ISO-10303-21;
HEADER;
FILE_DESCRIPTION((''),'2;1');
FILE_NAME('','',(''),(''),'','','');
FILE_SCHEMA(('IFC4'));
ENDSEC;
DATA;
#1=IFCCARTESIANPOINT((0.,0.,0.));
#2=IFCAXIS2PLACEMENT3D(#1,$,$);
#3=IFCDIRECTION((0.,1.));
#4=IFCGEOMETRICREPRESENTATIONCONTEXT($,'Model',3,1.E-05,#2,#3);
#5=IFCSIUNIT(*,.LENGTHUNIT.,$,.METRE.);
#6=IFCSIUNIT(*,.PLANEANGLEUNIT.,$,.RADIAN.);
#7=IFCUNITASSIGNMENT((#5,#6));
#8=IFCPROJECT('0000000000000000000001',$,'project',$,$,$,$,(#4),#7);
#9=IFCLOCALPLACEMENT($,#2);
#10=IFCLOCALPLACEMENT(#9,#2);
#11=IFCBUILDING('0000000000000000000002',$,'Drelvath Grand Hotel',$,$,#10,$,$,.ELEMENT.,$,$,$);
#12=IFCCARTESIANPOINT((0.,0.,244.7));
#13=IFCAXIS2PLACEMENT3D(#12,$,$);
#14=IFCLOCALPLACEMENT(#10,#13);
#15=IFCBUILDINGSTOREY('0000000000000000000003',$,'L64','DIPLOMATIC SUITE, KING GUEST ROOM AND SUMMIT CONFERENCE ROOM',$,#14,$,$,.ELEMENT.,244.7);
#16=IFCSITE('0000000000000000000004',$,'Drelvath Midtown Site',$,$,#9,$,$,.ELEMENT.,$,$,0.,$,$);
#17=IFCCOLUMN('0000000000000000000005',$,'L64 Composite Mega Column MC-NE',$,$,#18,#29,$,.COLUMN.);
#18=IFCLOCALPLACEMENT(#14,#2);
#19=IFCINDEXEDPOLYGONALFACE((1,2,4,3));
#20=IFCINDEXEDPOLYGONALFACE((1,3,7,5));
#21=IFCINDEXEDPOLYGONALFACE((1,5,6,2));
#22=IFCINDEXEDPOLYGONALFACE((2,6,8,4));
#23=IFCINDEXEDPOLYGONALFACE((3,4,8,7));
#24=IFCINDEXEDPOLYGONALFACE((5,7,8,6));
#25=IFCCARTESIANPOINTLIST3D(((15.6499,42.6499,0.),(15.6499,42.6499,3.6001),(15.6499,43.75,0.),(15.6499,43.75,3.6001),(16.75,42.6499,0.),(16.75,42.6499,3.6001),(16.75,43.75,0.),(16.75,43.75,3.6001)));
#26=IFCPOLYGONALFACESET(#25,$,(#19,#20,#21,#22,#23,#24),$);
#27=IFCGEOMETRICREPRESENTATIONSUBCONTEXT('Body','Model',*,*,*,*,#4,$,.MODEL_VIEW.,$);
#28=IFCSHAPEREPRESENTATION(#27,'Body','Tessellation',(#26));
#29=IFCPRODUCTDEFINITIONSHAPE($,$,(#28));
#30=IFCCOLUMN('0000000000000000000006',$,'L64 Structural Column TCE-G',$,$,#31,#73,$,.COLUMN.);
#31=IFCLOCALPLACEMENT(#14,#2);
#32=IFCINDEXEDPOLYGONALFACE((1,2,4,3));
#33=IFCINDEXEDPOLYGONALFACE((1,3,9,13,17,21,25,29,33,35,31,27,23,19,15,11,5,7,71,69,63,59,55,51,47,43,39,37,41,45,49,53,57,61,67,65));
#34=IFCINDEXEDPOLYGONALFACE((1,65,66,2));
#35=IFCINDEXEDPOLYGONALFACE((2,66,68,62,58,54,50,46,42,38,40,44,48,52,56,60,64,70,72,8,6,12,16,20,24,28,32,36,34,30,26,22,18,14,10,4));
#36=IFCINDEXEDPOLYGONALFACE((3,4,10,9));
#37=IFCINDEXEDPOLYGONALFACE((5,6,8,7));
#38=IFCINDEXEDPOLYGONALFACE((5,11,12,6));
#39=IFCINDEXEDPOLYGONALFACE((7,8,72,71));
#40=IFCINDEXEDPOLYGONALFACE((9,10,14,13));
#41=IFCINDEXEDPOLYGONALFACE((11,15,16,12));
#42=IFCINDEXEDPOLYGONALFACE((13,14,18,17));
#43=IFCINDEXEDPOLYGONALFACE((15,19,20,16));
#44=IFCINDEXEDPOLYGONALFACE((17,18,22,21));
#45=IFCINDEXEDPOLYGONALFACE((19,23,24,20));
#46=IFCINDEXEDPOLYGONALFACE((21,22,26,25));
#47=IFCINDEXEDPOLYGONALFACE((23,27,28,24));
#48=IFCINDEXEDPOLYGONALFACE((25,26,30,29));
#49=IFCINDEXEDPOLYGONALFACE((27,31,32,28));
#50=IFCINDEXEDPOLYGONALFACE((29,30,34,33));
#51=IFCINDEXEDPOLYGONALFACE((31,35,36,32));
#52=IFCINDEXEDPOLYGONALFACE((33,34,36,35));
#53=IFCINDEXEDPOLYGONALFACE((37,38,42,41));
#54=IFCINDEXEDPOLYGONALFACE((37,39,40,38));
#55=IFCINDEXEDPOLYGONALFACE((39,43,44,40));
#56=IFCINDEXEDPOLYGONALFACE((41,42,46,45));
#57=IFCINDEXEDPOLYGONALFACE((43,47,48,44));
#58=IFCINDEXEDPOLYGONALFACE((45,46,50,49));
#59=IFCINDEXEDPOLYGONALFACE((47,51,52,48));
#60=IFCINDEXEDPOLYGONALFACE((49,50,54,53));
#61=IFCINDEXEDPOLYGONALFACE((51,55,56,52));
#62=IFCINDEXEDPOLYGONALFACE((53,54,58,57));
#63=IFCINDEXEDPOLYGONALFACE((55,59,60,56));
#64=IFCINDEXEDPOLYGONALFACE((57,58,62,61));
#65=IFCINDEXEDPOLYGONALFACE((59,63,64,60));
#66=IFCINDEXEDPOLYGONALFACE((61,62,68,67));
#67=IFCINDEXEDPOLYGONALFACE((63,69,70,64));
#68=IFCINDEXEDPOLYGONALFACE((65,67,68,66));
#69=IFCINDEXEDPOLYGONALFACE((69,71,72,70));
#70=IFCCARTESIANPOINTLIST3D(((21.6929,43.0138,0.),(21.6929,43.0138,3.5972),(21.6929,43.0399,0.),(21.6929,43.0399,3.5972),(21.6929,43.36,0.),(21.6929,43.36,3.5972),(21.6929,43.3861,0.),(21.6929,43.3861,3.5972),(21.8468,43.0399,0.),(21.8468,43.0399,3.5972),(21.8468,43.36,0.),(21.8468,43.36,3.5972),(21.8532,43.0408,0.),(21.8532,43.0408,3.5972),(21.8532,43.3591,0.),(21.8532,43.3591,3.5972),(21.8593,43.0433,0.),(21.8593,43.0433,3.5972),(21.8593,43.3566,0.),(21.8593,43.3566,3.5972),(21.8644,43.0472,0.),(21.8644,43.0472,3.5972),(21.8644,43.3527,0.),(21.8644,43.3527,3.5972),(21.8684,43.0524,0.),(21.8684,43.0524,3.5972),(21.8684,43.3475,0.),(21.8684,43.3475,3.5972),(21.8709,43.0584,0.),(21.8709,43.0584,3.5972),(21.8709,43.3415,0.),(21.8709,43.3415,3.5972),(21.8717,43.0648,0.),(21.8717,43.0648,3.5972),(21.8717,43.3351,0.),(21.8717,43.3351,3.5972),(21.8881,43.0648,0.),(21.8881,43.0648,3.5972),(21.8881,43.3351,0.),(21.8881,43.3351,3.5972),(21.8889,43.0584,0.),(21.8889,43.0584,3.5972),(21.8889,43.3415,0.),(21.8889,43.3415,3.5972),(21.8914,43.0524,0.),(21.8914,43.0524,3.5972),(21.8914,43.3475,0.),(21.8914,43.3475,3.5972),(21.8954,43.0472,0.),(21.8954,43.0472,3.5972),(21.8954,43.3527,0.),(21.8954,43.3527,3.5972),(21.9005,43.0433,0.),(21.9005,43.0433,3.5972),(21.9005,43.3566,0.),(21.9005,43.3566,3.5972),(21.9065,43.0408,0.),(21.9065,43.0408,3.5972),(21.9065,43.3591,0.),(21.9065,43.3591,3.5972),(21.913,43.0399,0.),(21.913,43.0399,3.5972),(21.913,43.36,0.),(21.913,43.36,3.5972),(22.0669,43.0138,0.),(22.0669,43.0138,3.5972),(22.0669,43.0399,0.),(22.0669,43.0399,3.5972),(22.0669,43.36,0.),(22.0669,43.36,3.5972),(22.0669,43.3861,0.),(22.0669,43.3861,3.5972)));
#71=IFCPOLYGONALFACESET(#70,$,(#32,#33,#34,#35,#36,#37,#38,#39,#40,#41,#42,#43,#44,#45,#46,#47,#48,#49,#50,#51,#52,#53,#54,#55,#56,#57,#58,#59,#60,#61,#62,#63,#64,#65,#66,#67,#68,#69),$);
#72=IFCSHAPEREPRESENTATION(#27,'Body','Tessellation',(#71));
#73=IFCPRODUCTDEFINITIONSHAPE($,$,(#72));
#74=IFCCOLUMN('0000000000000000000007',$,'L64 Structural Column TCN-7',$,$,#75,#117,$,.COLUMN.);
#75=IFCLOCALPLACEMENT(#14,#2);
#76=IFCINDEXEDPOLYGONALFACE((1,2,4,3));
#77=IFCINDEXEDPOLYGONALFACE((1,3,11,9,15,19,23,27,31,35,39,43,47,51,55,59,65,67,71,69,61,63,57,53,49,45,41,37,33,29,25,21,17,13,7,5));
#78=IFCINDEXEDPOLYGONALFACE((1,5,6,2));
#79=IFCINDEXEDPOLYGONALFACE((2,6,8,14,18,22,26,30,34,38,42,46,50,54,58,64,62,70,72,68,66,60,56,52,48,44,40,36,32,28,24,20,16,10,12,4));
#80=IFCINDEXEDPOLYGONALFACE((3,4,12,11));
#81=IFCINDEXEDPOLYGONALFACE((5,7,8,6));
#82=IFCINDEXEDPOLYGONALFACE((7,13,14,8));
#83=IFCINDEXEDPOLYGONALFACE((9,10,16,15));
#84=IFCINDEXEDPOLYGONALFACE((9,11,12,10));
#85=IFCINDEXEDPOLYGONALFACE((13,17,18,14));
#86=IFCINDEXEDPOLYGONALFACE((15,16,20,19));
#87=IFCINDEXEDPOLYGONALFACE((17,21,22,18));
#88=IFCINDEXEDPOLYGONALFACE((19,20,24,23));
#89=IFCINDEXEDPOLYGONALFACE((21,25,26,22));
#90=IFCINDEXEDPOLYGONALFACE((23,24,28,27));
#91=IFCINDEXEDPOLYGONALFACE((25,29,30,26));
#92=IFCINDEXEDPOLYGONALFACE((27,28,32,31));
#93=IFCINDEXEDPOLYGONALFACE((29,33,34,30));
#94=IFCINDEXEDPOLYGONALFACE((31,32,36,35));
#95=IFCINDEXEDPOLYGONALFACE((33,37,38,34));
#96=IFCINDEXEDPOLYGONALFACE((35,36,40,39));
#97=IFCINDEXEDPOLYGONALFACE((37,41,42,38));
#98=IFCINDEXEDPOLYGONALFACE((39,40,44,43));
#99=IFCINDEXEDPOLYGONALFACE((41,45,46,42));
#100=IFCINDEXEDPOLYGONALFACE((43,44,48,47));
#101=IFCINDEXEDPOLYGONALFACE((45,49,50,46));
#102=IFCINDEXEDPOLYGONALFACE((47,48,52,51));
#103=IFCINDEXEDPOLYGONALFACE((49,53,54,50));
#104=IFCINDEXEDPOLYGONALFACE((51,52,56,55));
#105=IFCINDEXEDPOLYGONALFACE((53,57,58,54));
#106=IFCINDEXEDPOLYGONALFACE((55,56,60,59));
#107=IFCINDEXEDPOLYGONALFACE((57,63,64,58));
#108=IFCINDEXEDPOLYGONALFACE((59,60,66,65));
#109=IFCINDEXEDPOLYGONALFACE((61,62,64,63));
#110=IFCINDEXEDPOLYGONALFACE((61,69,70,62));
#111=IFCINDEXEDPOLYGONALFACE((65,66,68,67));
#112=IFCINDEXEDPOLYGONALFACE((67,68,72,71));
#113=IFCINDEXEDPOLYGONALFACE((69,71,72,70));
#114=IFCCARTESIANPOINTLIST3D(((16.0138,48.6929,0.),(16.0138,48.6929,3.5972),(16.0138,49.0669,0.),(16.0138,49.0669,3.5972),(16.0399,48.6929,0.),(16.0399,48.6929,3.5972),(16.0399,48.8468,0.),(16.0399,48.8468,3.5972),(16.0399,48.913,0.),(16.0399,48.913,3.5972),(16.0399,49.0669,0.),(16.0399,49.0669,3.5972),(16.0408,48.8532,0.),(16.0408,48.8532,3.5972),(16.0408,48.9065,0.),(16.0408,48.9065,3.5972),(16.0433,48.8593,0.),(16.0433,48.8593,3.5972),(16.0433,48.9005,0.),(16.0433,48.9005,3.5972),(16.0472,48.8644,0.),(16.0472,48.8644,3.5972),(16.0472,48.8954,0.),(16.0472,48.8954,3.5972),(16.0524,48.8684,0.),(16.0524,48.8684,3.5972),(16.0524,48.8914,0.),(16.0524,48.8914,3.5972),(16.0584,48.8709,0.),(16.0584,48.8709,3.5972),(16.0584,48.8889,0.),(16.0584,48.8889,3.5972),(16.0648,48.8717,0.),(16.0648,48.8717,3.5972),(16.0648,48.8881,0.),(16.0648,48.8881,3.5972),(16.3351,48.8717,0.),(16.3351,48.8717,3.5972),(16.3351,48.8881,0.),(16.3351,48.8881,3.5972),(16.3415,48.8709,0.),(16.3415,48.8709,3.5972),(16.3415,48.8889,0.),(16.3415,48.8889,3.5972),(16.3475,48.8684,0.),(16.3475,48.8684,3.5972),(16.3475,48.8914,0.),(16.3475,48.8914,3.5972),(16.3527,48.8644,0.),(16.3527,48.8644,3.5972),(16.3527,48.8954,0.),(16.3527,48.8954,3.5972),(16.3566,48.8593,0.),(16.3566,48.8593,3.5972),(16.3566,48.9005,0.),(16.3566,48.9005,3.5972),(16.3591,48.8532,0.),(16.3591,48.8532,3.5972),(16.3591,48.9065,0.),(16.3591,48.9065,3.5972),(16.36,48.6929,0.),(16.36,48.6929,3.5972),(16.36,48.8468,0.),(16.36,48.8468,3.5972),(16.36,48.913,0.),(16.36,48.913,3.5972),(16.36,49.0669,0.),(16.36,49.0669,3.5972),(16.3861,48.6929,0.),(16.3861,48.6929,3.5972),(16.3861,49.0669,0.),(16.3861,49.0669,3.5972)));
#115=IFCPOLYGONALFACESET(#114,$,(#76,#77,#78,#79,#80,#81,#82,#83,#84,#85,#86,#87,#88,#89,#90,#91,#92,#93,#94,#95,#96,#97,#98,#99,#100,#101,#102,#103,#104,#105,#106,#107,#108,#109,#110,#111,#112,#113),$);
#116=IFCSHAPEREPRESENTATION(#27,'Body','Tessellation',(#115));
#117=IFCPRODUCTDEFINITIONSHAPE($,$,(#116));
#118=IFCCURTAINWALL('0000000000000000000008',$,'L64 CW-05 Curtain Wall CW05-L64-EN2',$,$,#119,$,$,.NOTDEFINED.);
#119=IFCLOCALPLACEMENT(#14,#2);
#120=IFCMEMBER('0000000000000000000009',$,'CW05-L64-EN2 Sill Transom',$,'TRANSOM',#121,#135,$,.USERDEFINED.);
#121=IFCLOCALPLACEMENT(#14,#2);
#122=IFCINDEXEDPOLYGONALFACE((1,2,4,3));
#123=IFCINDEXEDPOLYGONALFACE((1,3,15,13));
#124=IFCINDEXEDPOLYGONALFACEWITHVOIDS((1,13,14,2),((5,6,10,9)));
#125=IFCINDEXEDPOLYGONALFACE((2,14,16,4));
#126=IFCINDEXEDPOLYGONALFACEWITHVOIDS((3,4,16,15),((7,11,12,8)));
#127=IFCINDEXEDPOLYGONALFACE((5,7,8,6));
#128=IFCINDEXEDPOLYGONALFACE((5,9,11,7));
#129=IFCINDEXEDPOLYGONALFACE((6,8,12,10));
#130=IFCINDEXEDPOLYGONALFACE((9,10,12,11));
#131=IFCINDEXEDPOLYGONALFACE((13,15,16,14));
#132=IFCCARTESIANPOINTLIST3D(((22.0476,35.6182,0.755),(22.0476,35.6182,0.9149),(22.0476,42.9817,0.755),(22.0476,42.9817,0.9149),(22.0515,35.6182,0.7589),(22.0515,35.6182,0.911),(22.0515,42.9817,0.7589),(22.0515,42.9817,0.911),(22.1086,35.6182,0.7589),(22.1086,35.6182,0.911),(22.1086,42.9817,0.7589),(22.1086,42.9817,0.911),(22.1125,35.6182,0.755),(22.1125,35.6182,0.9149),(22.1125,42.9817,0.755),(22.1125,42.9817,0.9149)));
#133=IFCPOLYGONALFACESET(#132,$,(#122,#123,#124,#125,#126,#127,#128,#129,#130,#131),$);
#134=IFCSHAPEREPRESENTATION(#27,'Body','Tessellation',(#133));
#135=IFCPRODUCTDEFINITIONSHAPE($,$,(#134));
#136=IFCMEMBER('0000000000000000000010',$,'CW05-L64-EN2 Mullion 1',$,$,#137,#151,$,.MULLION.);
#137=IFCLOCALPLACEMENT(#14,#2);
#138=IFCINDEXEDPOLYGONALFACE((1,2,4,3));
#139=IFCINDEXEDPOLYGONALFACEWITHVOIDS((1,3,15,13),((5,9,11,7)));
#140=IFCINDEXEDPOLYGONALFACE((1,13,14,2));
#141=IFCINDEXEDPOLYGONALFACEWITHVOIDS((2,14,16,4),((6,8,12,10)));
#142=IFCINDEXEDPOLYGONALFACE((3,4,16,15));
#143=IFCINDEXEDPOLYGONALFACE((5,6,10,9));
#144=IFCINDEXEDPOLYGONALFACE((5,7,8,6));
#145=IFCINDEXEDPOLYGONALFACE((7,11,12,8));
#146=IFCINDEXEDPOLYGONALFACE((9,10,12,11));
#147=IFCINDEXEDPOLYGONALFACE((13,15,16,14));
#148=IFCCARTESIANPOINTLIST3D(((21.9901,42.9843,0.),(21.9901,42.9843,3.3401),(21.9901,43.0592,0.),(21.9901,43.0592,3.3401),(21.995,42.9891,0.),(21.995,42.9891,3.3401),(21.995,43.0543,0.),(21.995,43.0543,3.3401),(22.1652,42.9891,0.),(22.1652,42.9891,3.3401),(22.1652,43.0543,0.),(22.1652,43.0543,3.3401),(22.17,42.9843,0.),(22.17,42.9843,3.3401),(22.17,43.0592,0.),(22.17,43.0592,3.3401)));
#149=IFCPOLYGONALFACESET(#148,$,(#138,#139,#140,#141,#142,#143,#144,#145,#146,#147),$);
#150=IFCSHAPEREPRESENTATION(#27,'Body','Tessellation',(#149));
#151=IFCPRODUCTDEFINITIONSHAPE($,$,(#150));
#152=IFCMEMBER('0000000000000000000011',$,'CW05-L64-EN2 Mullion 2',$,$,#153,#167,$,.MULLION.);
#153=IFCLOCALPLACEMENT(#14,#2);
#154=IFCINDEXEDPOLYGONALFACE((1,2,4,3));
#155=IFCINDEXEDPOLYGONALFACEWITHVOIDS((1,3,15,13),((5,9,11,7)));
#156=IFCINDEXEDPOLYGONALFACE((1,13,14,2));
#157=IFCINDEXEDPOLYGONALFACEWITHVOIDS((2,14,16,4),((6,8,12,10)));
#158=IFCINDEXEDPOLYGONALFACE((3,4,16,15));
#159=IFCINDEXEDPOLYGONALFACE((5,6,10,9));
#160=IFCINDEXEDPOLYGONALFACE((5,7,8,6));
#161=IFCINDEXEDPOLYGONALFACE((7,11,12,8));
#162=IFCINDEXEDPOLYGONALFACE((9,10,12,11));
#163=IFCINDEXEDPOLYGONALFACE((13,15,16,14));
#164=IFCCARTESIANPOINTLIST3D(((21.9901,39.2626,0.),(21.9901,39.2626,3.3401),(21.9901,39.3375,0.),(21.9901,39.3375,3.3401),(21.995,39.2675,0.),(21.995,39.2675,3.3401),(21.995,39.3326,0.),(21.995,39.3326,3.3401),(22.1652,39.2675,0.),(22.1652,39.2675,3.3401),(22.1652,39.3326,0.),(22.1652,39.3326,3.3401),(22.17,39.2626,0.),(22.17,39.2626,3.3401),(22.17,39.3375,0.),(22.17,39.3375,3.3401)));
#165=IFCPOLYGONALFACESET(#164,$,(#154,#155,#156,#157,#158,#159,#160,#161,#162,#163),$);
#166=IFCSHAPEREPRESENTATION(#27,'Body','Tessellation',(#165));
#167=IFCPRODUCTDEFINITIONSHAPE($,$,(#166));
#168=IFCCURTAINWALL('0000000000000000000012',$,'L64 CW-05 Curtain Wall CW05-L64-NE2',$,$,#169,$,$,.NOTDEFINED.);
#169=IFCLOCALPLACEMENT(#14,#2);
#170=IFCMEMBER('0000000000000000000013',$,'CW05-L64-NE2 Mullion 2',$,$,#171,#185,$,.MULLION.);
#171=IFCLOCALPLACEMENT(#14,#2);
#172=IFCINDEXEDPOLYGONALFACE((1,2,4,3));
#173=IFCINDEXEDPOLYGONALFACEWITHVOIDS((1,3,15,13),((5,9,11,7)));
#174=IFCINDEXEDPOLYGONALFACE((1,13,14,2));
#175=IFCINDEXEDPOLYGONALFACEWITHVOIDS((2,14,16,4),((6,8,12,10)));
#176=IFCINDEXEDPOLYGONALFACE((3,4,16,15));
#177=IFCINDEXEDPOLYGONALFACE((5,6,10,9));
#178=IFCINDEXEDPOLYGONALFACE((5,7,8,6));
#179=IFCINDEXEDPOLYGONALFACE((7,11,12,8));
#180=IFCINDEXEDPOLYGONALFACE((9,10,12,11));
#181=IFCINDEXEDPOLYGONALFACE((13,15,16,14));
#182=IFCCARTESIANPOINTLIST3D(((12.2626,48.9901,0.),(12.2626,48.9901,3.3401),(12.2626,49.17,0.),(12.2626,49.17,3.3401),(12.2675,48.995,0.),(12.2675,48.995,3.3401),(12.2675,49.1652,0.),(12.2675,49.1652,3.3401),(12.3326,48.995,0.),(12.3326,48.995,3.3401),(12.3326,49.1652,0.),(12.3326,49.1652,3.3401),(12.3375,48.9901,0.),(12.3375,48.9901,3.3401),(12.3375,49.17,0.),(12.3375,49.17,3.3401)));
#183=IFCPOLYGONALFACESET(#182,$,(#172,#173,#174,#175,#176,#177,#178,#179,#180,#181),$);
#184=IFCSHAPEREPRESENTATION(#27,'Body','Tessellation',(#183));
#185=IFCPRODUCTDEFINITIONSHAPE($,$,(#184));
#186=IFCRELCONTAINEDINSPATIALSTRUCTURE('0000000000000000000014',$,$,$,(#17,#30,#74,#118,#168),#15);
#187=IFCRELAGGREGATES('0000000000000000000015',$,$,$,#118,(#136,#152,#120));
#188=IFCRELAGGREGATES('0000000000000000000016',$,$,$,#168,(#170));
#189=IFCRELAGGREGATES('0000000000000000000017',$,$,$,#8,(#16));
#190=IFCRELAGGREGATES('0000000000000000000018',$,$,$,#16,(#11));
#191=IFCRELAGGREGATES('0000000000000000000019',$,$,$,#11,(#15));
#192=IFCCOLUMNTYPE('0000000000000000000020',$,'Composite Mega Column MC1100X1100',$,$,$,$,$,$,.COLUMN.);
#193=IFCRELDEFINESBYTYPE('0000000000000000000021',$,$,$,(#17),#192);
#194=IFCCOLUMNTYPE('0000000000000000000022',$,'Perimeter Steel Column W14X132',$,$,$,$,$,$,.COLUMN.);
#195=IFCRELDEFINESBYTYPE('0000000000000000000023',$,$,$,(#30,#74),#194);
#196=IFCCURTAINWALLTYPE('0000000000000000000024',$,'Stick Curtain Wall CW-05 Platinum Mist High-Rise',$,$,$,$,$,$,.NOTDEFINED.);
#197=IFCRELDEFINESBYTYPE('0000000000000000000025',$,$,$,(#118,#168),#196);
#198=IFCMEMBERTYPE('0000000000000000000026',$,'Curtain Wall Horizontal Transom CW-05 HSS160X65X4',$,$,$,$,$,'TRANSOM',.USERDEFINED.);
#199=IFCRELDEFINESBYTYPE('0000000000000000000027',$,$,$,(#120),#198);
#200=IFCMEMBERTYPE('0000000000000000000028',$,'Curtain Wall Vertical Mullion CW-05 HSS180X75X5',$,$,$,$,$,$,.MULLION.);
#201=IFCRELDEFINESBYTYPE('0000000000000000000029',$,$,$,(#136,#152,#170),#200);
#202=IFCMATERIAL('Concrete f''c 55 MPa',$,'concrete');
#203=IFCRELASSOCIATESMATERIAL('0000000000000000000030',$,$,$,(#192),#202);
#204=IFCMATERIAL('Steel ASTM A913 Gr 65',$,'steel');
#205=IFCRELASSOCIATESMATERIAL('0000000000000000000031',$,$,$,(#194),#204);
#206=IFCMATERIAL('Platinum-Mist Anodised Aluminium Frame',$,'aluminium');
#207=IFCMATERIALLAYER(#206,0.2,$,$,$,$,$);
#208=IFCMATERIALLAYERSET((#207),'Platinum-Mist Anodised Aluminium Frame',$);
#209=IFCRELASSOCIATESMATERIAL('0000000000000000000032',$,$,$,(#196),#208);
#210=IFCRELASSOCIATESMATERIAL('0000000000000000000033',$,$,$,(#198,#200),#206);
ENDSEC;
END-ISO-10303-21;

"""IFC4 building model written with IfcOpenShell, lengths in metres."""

from ifc_helpers import new_model, si_unit, direction, frame, origin, origin_2d, place, context, subcontext, project, spatial, rectangle, hollow_rectangle, i_section, extrude, material, layer, layer_set, material_profile, profile_set, type_object, element, aggregate, save


model = new_model("IFC4")

# Units and contexts
model_context = context("Model", 3, precision=1e-05, world=origin(), true_north=direction((0.0, 1.0)))
body_context = subcontext(model_context, "Body", "Model", "MODEL_VIEW")
ifc_project = project(units=[si_unit("LENGTHUNIT", "METRE"), si_unit("PLANEANGLEUNIT", "RADIAN")], contexts=[model_context])

# Site, building, storey
site_placement = place(None, origin())
site = spatial("IfcSite", under=ifc_project, at=site_placement, Name="Drelvath Midtown Site", CompositionType="ELEMENT", RefElevation=0.0)
building_placement = place(site_placement, origin())
building = spatial("IfcBuilding", under=site, at=building_placement, Name="Drelvath Grand Hotel", CompositionType="ELEMENT")
storey_placement = place(building_placement, frame((0.0, 0.0, 244.7)))
storey = spatial("IfcBuildingStorey", under=building, at=storey_placement, Name="L64", Description="DIPLOMATIC SUITE, KING GUEST ROOM AND SUMMIT CONFERENCE ROOM", CompositionType="ELEMENT", Elevation=244.7)

# Columns
ifc_material_1 = material(Name="Concrete f'c 55 MPa", Category="concrete")
ifc_material_profile_1 = material_profile(ifc_material_1, rectangle(XDim=1.1001, YDim=1.1001, at=origin_2d()), Name="MC1100X1100")
ifc_profile_set_1 = profile_set([ifc_material_profile_1], Name="Concrete f'c 55 MPa")
column_type_1 = type_object("IfcColumnType", Name="Composite Mega Column MC1100X1100", PredefinedType="COLUMN", material=ifc_profile_set_1)
column_placement = place(storey_placement, frame((16.2, 43.2, 0.0), z_axis=(0.0, 0.0, 1.0), x_axis=(1.0, 0.0, 0.0)))
element("IfcColumn", 1, at=column_placement, inside=storey, type_object=column_type_1, Name="L64 Composite Mega Column MC-NE", PredefinedType="COLUMN", context=body_context, shape_type="SweptSolid", body=[
    extrude(rectangle(XDim=1.1001, YDim=1.1001, at=origin_2d()), origin(), (0.0, 0.0, 1.0), 3.6001),
])
ifc_material_2 = material(Name="Steel ASTM A913 Gr 65", Category="steel")
ifc_material_profile_2 = material_profile(ifc_material_2, i_section(OverallWidth=0.374, OverallDepth=0.3723, WebThickness=0.0164, FlangeThickness=0.0261, FilletRadius=0.0249, at=origin_2d()), Name="W14X132")
ifc_profile_set_2 = profile_set([ifc_material_profile_2], Name="Steel ASTM A913 Gr 65")
column_type_2 = type_object("IfcColumnType", Name="Perimeter Steel Column W14X132", PredefinedType="COLUMN", material=ifc_profile_set_2)
for number, where, z_axis, x_axis, name in (
    (2, (21.8799, 43.2, 0.0), (0.0, 0.0, 1.0), (1.0, 0.0, 0.0), "L64 Structural Column TCE-G"),
    (3, (16.2, 48.8799, 0.0), (0.0, 0.0, 1.0), (0.0, 1.0, 0.0), "L64 Structural Column TCN-7"),
):
    element("IfcColumn", number, at=place(storey_placement, frame(where, z_axis=z_axis, x_axis=x_axis)), inside=storey, type_object=column_type_2, Name=name, PredefinedType="COLUMN", context=body_context, shape_type="SweptSolid", body=[
        extrude(i_section(OverallWidth=0.374, OverallDepth=0.3723, WebThickness=0.0164, FlangeThickness=0.0261, FilletRadius=0.0249, at=origin_2d()), origin(), (0.0, 0.0, 1.0), 3.5972),
    ])

# Curtain walls, members
ifc_material_3 = material(Name="Platinum-Mist Anodised Aluminium Frame", Category="aluminium")
ifc_layer_1 = layer(ifc_material_3, 0.2)
ifc_layer_set_1 = layer_set([ifc_layer_1], Name="Platinum-Mist Anodised Aluminium Frame")
curtain_wall_type = type_object("IfcCurtainWallType", Name="Stick Curtain Wall CW-05 Platinum Mist High-Rise", PredefinedType="NOTDEFINED", material=ifc_layer_set_1)
curtain_wall_1_placement = place(storey_placement, origin())
curtain_wall_1 = element("IfcCurtainWall", 4, at=curtain_wall_1_placement, inside=storey, type_object=curtain_wall_type, Name="L64 CW-05 Curtain Wall CW05-L64-EN2", PredefinedType="NOTDEFINED")
ifc_material_profile_3 = material_profile(ifc_material_3, hollow_rectangle(XDim=0.0649, YDim=0.1599, WallThickness=0.0039, at=origin_2d()), Name="HSS160X65X4")
ifc_profile_set_3 = profile_set([ifc_material_profile_3], Name="Platinum-Mist Anodised Aluminium Frame")
member_type_1 = type_object("IfcMemberType", Name="Curtain Wall Horizontal Transom CW-05 HSS160X65X4", ElementType="TRANSOM", PredefinedType="USERDEFINED", material=ifc_profile_set_3)
member_1_placement = place(storey_placement, frame((22.0801, 42.9817, 0.835), z_axis=(0.0, -1.0, 0.0), x_axis=(1.0, 0.0, 0.0)))
member_1 = element("IfcMember", 5, at=member_1_placement, type_object=member_type_1, Name="CW05-L64-EN2 Sill Transom", ObjectType="TRANSOM", PredefinedType="USERDEFINED", context=body_context, shape_type="SweptSolid", body=[
    extrude(hollow_rectangle(XDim=0.0649, YDim=0.1599, WallThickness=0.0039, at=origin_2d()), origin(), (0.0, 0.0, 1.0), 7.3635),
])
ifc_material_profile_4 = material_profile(ifc_material_3, hollow_rectangle(XDim=0.075, YDim=0.1799, WallThickness=0.0049, at=origin_2d()), Name="HSS180X75X5")
ifc_profile_set_4 = profile_set([ifc_material_profile_4], Name="Platinum-Mist Anodised Aluminium Frame")
member_type_2 = type_object("IfcMemberType", Name="Curtain Wall Vertical Mullion CW-05 HSS180X75X5", PredefinedType="MULLION", material=ifc_profile_set_4)
member_2_placement = place(storey_placement, frame((22.0801, 43.0217, 0.0), z_axis=(0.0, 0.0, 1.0), x_axis=(0.0, 1.0, 0.0)))
member_2 = element("IfcMember", 6, at=member_2_placement, type_object=member_type_2, Name="CW05-L64-EN2 Mullion 1", PredefinedType="MULLION", context=body_context, shape_type="SweptSolid", body=[
    extrude(hollow_rectangle(XDim=0.075, YDim=0.1799, WallThickness=0.0049, at=origin_2d()), origin(), (0.0, 0.0, 1.0), 3.3401),
])
member_3_placement = place(storey_placement, frame((22.0801, 39.3, 0.0), z_axis=(0.0, 0.0, 1.0), x_axis=(0.0, 1.0, 0.0)))
member_3 = element("IfcMember", 7, at=member_3_placement, type_object=member_type_2, Name="CW05-L64-EN2 Mullion 2", PredefinedType="MULLION", context=body_context, shape_type="SweptSolid", body=[
    extrude(hollow_rectangle(XDim=0.075, YDim=0.1799, WallThickness=0.0049, at=origin_2d()), origin(), (0.0, 0.0, 1.0), 3.3401),
])
curtain_wall_2_placement = place(storey_placement, origin())
curtain_wall_2 = element("IfcCurtainWall", 8, at=curtain_wall_2_placement, inside=storey, type_object=curtain_wall_type, Name="L64 CW-05 Curtain Wall CW05-L64-NE2", PredefinedType="NOTDEFINED")
member_4_placement = place(storey_placement, frame((12.3, 49.0801, 0.0), z_axis=(0.0, 0.0, 1.0), x_axis=(1.0, 0.0, 0.0)))
member_4 = element("IfcMember", 9, at=member_4_placement, type_object=member_type_2, Name="CW05-L64-NE2 Mullion 2", PredefinedType="MULLION", context=body_context, shape_type="SweptSolid", body=[
    extrude(hollow_rectangle(XDim=0.075, YDim=0.1799, WallThickness=0.0049, at=origin_2d()), origin(), (0.0, 0.0, 1.0), 3.3401),
])

aggregate(curtain_wall_1, [member_2, member_3, member_1])
aggregate(curtain_wall_2, [member_4])

save(model, "model.ifc")
